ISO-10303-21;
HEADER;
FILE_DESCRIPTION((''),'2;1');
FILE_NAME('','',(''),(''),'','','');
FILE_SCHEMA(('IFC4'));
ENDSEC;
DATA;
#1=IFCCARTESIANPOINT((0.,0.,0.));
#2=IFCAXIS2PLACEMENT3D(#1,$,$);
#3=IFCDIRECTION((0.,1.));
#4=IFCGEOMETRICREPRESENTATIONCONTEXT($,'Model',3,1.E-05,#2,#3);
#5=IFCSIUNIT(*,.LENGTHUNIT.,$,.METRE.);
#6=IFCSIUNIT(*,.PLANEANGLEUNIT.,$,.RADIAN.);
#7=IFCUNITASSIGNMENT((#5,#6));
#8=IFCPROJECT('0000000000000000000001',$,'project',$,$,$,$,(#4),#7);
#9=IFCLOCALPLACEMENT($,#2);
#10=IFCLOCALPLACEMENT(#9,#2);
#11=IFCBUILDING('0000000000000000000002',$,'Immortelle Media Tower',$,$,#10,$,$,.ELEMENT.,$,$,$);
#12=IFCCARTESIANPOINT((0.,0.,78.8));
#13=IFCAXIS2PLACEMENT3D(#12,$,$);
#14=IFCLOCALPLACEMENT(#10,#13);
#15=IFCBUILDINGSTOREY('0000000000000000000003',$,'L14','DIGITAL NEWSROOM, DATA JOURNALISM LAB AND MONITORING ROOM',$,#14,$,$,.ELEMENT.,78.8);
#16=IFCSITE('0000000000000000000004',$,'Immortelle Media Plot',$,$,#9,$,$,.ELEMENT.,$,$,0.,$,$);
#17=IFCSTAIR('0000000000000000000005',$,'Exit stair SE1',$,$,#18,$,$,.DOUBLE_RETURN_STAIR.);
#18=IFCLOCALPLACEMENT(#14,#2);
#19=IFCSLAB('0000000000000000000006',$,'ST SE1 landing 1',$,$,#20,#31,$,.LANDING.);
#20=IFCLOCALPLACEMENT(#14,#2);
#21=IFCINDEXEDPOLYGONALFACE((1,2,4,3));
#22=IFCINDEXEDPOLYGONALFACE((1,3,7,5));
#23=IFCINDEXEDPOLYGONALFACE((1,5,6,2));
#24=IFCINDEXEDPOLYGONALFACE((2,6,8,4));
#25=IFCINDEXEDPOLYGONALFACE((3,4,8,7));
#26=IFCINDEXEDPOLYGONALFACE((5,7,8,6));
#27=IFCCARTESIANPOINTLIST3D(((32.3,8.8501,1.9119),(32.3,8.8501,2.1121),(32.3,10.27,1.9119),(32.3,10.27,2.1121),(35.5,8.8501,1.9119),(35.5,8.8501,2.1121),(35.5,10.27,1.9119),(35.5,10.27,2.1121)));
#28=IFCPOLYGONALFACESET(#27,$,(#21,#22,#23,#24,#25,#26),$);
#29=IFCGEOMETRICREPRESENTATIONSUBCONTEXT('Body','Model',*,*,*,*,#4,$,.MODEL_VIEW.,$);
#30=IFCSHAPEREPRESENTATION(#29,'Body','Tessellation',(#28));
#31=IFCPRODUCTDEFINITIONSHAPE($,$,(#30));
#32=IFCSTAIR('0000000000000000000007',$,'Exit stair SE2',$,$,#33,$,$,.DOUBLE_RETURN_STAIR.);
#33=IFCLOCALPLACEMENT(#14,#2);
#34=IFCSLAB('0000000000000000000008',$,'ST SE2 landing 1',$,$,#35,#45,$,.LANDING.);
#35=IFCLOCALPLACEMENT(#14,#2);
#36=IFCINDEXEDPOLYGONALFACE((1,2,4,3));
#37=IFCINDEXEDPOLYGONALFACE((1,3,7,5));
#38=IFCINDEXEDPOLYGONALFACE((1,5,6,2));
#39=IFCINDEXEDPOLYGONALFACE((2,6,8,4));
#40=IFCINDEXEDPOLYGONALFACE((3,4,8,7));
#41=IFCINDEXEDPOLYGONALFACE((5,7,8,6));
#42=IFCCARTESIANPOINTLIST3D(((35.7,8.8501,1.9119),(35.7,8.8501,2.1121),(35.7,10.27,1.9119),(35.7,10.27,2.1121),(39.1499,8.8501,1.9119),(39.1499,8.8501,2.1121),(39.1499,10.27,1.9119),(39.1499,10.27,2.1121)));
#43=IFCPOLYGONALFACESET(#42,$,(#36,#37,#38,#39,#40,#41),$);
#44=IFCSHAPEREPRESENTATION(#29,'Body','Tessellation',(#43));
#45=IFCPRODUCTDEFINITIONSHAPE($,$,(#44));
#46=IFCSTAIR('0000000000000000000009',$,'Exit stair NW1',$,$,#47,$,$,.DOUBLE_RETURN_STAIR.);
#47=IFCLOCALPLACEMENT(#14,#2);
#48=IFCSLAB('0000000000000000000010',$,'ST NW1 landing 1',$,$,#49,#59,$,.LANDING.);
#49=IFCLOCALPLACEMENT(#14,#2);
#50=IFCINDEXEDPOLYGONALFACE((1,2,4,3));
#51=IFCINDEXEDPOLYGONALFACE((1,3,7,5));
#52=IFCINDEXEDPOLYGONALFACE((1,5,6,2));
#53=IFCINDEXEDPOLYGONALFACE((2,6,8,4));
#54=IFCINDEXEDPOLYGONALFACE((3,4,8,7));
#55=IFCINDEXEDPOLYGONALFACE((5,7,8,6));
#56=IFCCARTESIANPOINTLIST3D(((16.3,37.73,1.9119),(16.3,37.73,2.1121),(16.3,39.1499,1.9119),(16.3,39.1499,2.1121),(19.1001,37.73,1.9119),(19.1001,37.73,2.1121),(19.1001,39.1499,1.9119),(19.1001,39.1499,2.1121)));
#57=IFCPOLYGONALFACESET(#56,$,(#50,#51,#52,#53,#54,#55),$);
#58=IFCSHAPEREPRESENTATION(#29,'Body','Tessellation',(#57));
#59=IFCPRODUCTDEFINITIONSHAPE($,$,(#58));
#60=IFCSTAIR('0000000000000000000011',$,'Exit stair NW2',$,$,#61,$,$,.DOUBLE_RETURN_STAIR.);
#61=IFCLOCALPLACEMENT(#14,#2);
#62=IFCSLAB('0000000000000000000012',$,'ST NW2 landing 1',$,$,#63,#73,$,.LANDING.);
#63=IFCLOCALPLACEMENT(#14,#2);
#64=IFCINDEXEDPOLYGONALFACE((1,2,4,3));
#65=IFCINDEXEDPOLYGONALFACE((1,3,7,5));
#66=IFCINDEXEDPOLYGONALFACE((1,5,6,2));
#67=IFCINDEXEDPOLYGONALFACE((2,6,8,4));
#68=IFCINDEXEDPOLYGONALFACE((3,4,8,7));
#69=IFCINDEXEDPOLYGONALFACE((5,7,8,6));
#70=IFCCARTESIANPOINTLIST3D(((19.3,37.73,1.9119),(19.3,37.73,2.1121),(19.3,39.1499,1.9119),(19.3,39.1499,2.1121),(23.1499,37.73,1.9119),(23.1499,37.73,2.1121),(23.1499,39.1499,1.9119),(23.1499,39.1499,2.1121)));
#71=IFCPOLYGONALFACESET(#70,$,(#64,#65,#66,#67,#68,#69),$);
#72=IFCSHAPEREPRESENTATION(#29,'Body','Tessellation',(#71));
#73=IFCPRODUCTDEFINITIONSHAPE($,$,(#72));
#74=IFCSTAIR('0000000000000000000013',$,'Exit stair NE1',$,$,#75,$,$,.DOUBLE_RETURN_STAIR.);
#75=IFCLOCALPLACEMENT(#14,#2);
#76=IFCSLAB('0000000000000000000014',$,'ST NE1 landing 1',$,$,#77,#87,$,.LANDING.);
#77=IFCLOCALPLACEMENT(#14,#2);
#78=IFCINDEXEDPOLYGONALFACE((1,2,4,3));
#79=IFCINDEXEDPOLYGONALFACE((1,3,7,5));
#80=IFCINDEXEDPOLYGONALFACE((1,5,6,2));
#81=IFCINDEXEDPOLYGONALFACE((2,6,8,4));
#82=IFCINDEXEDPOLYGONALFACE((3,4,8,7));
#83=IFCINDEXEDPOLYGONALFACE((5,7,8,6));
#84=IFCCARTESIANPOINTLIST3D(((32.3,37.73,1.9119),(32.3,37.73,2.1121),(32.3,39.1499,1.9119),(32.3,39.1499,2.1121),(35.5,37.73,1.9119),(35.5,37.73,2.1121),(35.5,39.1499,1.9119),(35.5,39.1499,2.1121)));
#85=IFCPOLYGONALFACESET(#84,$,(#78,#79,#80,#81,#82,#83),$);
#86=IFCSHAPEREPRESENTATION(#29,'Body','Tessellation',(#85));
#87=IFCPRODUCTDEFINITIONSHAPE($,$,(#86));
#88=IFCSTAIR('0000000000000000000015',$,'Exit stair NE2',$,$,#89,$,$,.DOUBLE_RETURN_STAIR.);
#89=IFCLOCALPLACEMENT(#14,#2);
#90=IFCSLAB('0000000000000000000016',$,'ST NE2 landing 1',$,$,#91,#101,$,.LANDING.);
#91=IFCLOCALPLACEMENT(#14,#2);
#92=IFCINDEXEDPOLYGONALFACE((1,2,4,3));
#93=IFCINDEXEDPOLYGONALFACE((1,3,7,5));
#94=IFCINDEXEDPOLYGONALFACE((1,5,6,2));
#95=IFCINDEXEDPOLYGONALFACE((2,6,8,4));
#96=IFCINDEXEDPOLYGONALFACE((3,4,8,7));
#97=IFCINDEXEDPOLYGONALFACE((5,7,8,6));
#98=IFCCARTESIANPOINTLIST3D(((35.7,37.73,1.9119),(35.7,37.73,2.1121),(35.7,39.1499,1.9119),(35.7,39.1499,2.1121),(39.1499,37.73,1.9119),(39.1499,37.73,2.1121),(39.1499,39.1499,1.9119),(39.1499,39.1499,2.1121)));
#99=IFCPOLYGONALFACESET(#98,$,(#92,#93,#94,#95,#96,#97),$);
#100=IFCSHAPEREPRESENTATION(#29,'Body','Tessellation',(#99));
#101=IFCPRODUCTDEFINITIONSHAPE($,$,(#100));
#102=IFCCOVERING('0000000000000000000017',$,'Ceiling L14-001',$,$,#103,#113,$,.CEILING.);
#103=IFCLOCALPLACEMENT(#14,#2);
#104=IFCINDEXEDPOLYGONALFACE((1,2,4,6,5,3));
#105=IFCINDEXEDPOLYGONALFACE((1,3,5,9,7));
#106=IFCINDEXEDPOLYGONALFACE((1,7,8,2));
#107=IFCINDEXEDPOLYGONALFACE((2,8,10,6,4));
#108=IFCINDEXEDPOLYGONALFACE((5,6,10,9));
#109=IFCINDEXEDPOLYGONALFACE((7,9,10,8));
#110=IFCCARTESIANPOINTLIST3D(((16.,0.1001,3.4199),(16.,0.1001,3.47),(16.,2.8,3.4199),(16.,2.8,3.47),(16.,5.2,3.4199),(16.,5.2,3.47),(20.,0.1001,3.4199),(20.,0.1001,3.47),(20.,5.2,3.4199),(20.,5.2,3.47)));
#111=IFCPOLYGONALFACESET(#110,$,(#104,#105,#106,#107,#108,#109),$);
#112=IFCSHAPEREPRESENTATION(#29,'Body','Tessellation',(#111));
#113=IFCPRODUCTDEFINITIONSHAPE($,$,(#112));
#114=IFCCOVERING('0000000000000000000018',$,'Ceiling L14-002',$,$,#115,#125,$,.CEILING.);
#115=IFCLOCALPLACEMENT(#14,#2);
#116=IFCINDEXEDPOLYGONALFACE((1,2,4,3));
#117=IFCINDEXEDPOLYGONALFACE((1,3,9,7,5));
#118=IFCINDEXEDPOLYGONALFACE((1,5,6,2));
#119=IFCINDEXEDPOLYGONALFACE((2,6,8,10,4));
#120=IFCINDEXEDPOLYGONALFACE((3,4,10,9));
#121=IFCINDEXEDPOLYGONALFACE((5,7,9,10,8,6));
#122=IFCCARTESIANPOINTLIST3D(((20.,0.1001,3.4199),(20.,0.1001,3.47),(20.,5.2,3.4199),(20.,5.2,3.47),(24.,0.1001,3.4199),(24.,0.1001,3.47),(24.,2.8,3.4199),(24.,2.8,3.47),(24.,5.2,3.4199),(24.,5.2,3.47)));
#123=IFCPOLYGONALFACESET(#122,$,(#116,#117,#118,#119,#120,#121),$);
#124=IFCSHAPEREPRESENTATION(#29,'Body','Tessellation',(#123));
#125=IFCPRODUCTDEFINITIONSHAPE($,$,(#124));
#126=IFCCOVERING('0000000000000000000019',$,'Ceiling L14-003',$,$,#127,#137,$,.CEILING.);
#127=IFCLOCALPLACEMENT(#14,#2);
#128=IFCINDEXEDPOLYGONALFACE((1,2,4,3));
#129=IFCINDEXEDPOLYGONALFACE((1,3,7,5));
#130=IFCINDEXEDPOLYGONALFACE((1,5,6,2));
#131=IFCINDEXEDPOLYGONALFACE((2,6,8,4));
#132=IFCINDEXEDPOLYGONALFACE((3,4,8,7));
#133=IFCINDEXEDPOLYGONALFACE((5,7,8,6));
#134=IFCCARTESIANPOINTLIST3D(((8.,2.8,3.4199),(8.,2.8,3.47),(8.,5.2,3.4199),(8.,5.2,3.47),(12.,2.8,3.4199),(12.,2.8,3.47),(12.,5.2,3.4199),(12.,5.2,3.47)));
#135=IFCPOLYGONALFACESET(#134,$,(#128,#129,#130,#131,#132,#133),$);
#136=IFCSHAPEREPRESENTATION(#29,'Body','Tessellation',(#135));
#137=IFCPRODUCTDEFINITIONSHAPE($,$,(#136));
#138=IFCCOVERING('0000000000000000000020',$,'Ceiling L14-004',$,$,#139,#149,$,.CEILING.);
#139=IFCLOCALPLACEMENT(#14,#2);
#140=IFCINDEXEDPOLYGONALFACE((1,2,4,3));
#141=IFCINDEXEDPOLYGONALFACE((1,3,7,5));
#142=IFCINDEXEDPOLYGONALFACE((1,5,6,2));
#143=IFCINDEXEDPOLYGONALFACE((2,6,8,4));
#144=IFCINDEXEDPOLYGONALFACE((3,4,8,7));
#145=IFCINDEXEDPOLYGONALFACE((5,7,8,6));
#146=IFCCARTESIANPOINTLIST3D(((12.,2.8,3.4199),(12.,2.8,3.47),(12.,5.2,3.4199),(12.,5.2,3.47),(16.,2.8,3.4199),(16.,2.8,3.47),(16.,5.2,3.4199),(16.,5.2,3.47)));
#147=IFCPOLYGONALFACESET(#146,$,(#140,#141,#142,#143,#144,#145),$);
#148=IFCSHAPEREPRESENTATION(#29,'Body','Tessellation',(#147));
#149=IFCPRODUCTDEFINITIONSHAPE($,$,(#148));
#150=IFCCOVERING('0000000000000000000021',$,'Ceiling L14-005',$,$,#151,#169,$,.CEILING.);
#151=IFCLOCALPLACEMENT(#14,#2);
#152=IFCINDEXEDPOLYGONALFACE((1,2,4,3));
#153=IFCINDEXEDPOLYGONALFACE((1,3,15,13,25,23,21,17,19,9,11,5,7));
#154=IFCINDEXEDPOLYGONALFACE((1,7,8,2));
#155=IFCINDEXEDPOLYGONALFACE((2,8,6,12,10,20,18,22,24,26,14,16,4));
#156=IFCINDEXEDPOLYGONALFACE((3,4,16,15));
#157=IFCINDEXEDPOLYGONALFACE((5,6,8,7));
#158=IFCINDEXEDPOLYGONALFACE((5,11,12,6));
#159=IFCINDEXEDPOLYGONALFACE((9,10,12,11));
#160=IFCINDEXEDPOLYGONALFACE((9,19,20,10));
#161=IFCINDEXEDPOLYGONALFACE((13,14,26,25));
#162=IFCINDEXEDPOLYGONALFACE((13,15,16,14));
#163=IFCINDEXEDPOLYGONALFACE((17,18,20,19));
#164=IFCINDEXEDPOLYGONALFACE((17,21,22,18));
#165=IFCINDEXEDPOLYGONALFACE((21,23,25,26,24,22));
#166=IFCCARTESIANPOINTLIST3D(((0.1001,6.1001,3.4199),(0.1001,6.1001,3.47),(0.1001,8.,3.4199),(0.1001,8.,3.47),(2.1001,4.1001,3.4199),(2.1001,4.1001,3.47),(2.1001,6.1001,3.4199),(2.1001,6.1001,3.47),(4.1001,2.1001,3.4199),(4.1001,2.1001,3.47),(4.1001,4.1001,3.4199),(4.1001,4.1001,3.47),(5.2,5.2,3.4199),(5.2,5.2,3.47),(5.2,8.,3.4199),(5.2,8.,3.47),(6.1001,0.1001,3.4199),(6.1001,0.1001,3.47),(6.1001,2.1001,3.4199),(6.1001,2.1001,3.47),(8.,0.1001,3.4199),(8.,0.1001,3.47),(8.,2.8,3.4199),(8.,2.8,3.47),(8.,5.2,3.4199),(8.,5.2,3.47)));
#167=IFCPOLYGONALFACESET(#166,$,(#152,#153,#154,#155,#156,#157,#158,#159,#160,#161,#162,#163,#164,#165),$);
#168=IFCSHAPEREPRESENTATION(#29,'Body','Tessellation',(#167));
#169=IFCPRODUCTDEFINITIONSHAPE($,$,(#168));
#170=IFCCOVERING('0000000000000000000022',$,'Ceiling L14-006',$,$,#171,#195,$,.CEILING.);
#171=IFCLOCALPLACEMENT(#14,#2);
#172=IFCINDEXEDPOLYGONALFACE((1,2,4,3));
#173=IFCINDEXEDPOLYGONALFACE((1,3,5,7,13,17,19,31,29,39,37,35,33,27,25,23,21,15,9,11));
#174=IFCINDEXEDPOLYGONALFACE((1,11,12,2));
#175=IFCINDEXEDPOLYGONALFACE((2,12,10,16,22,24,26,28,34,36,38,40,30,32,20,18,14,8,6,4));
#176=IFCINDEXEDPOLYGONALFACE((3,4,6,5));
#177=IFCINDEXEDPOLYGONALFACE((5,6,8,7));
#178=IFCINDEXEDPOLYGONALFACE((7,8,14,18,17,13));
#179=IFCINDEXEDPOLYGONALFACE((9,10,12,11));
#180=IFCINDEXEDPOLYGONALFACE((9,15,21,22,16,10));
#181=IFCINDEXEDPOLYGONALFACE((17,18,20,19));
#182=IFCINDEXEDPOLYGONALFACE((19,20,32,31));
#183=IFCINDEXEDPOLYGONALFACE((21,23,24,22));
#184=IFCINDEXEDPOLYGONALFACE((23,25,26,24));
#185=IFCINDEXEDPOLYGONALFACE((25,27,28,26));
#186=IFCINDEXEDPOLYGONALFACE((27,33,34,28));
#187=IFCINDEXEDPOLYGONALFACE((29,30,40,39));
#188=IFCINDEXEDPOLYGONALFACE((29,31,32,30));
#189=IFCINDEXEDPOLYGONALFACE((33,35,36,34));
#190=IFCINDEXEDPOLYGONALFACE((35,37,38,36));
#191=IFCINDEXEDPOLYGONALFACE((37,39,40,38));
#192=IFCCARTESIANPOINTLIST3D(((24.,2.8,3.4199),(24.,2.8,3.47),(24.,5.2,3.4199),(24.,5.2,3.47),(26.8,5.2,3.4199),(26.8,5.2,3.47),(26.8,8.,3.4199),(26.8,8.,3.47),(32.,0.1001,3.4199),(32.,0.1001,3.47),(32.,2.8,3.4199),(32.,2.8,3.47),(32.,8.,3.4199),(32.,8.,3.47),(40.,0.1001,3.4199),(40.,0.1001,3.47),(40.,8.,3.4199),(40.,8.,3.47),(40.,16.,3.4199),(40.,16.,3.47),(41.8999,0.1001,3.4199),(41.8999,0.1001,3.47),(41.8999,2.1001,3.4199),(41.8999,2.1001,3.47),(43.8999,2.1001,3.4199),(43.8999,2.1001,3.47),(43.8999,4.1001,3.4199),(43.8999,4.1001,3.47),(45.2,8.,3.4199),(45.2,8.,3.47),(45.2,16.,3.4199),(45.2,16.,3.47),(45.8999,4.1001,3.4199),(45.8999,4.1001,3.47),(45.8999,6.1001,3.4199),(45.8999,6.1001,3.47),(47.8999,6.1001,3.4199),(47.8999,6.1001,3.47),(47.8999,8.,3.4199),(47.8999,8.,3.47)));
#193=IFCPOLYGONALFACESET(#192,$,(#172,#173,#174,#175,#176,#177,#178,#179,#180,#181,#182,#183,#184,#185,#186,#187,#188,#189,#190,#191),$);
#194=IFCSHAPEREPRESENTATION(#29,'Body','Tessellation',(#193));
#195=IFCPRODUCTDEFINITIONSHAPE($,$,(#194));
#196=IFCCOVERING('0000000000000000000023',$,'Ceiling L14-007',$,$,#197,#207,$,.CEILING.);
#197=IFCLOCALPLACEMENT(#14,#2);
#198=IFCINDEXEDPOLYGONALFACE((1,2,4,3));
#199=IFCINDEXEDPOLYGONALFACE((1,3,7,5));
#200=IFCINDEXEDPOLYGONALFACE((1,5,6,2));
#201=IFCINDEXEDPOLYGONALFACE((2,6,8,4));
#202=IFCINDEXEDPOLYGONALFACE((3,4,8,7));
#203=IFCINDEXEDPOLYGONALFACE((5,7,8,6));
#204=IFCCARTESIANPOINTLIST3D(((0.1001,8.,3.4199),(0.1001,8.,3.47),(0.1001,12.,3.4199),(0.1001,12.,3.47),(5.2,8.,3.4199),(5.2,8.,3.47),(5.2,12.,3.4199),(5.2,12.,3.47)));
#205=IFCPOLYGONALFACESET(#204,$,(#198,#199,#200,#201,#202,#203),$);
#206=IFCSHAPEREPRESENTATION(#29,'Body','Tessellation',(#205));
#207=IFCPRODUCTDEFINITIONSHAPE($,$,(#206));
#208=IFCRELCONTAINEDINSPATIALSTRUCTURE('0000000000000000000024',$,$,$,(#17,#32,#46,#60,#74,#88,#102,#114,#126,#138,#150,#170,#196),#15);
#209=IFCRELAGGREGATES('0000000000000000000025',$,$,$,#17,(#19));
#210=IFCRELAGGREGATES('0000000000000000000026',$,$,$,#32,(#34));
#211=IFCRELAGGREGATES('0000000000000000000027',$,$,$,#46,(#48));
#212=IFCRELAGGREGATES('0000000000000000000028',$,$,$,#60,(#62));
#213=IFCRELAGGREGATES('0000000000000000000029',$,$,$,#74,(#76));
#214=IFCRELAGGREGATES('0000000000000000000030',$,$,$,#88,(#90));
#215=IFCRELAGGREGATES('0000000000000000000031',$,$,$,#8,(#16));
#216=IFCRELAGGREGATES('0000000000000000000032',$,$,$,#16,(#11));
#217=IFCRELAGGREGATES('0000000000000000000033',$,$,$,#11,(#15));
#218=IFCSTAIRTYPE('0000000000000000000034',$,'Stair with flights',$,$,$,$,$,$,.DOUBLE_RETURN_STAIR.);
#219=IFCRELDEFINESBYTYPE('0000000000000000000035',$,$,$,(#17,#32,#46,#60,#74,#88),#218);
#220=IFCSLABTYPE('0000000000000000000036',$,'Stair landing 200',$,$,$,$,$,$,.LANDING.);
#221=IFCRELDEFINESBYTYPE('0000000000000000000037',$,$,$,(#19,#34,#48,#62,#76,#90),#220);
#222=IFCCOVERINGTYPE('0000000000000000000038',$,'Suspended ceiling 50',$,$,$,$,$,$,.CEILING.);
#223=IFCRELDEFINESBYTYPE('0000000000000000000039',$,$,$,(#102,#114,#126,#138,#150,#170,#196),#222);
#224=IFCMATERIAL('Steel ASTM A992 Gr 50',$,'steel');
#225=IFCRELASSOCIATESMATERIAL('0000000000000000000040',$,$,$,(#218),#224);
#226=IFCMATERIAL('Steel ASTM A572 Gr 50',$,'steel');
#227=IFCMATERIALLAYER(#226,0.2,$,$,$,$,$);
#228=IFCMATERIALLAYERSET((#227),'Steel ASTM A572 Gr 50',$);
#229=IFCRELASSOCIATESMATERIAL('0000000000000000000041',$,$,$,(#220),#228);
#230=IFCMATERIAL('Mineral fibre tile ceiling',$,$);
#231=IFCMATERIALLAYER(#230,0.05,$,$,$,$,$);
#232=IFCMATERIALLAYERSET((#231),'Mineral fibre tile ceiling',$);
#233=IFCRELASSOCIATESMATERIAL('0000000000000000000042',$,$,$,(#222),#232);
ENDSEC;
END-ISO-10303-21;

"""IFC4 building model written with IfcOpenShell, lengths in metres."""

from ifc_helpers import new_model, si_unit, direction, frame, origin, place, context, subcontext, project, spatial, polyline, outline, extrude, material, layer, layer_set, type_object, element, aggregate, save


model = new_model("IFC4")

# Units and contexts
model_context = context("Model", 3, precision=1e-05, world=origin(), true_north=direction((0.0, 1.0)))
body_context = subcontext(model_context, "Body", "Model", "MODEL_VIEW")
ifc_project = project(units=[si_unit("LENGTHUNIT", "METRE"), si_unit("PLANEANGLEUNIT", "RADIAN")], contexts=[model_context])

# Site, building, storey
site_placement = place(None, origin())
site = spatial("IfcSite", under=ifc_project, at=site_placement, Name="Immortelle Media Plot", CompositionType="ELEMENT", RefElevation=0.0)
building_placement = place(site_placement, origin())
building = spatial("IfcBuilding", under=site, at=building_placement, Name="Immortelle Media Tower", CompositionType="ELEMENT")
storey_placement = place(building_placement, frame((0.0, 0.0, 78.8)))
storey = spatial("IfcBuildingStorey", under=building, at=storey_placement, Name="L14", Description="DIGITAL NEWSROOM, DATA JOURNALISM LAB AND MONITORING ROOM", CompositionType="ELEMENT", Elevation=78.8)

# Stairs, slabs
ifc_material_1 = material(Name="Steel ASTM A992 Gr 50", Category="steel")
stair_type = type_object("IfcStairType", Name="Stair with flights", PredefinedType="DOUBLE_RETURN_STAIR", material=ifc_material_1)
ifc_material_2 = material(Name="Steel ASTM A572 Gr 50", Category="steel")
ifc_layer_1 = layer(ifc_material_2, 0.2)
ifc_layer_set_1 = layer_set([ifc_layer_1], Name="Steel ASTM A572 Gr 50")
slab_type_1 = type_object("IfcSlabType", Name="Stair landing 200", PredefinedType="LANDING", material=ifc_layer_set_1)
stair_1_placement = place(storey_placement, origin())
stair_1 = element("IfcStair", 1, at=stair_1_placement, inside=storey, type_object=stair_type, Name="Exit stair SE1", PredefinedType="DOUBLE_RETURN_STAIR")
slab_1_placement = place(storey_placement, frame((0.0, 0.0, 1.9119)))
slab_1 = element("IfcSlab", 2, at=slab_1_placement, type_object=slab_type_1, Name="ST SE1 landing 1", PredefinedType="LANDING", context=body_context, shape_type="SweptSolid", body=[
    extrude(outline(polyline([(32.3, 8.8501), (35.5, 8.8501), (35.5, 10.27), (32.3, 10.27), (32.3, 8.8501)])), origin(), (0.0, 0.0, 1.0), 0.2002),
])
aggregate(stair_1, [slab_1])
stair_2_placement = place(storey_placement, origin())
stair_2 = element("IfcStair", 3, at=stair_2_placement, inside=storey, type_object=stair_type, Name="Exit stair SE2", PredefinedType="DOUBLE_RETURN_STAIR")
slab_2_placement = place(storey_placement, frame((0.0, 0.0, 1.9119)))
slab_2 = element("IfcSlab", 4, at=slab_2_placement, type_object=slab_type_1, Name="ST SE2 landing 1", PredefinedType="LANDING", context=body_context, shape_type="SweptSolid", body=[
    extrude(outline(polyline([(35.7, 8.8501), (39.1499, 8.8501), (39.1499, 10.27), (35.7, 10.27), (35.7, 8.8501)])), origin(), (0.0, 0.0, 1.0), 0.2002),
])
aggregate(stair_2, [slab_2])
stair_3_placement = place(storey_placement, origin())
stair_3 = element("IfcStair", 5, at=stair_3_placement, inside=storey, type_object=stair_type, Name="Exit stair NW1", PredefinedType="DOUBLE_RETURN_STAIR")
slab_3_placement = place(storey_placement, frame((0.0, 0.0, 1.9119)))
slab_3 = element("IfcSlab", 6, at=slab_3_placement, type_object=slab_type_1, Name="ST NW1 landing 1", PredefinedType="LANDING", context=body_context, shape_type="SweptSolid", body=[
    extrude(outline(polyline([(16.3, 37.73), (19.1001, 37.73), (19.1001, 39.1499), (16.3, 39.1499), (16.3, 37.73)])), origin(), (0.0, 0.0, 1.0), 0.2002),
])
aggregate(stair_3, [slab_3])
stair_4_placement = place(storey_placement, origin())
stair_4 = element("IfcStair", 7, at=stair_4_placement, inside=storey, type_object=stair_type, Name="Exit stair NW2", PredefinedType="DOUBLE_RETURN_STAIR")
slab_4_placement = place(storey_placement, frame((0.0, 0.0, 1.9119)))
slab_4 = element("IfcSlab", 8, at=slab_4_placement, type_object=slab_type_1, Name="ST NW2 landing 1", PredefinedType="LANDING", context=body_context, shape_type="SweptSolid", body=[
    extrude(outline(polyline([(19.3, 37.73), (23.1499, 37.73), (23.1499, 39.1499), (19.3, 39.1499), (19.3, 37.73)])), origin(), (0.0, 0.0, 1.0), 0.2002),
])
aggregate(stair_4, [slab_4])
stair_5_placement = place(storey_placement, origin())
stair_5 = element("IfcStair", 9, at=stair_5_placement, inside=storey, type_object=stair_type, Name="Exit stair NE1", PredefinedType="DOUBLE_RETURN_STAIR")
slab_5_placement = place(storey_placement, frame((0.0, 0.0, 1.9119)))
slab_5 = element("IfcSlab", 10, at=slab_5_placement, type_object=slab_type_1, Name="ST NE1 landing 1", PredefinedType="LANDING", context=body_context, shape_type="SweptSolid", body=[
    extrude(outline(polyline([(32.3, 37.73), (35.5, 37.73), (35.5, 39.1499), (32.3, 39.1499), (32.3, 37.73)])), origin(), (0.0, 0.0, 1.0), 0.2002),
])
aggregate(stair_5, [slab_5])
stair_6_placement = place(storey_placement, origin())
stair_6 = element("IfcStair", 11, at=stair_6_placement, inside=storey, type_object=stair_type, Name="Exit stair NE2", PredefinedType="DOUBLE_RETURN_STAIR")
slab_6_placement = place(storey_placement, frame((0.0, 0.0, 1.9119)))
slab_6 = element("IfcSlab", 12, at=slab_6_placement, type_object=slab_type_1, Name="ST NE2 landing 1", PredefinedType="LANDING", context=body_context, shape_type="SweptSolid", body=[
    extrude(outline(polyline([(35.7, 37.73), (39.1499, 37.73), (39.1499, 39.1499), (35.7, 39.1499), (35.7, 37.73)])), origin(), (0.0, 0.0, 1.0), 0.2002),
])
aggregate(stair_6, [slab_6])

# Coverings
ifc_material_3 = material(Name="Mineral fibre tile ceiling")
ifc_layer_2 = layer(ifc_material_3, 0.05)
ifc_layer_set_2 = layer_set([ifc_layer_2], Name="Mineral fibre tile ceiling")
covering_type = type_object("IfcCoveringType", Name="Suspended ceiling 50", PredefinedType="CEILING", material=ifc_layer_set_2)
covering_1_placement = place(storey_placement, frame((0.0, 0.0, 3.4199)))
element("IfcCovering", 13, at=covering_1_placement, inside=storey, type_object=covering_type, Name="Ceiling L14-001", PredefinedType="CEILING", context=body_context, shape_type="SweptSolid", body=[
    extrude(outline(polyline([(16.0, 2.8), (16.0, 5.2), (20.0, 5.2), (20.0, 0.1001), (16.0, 0.1001), (16.0, 2.8)])), origin(), (0.0, 0.0, 1.0), 0.05),
])
covering_2_placement = place(storey_placement, frame((0.0, 0.0, 3.4199)))
element("IfcCovering", 14, at=covering_2_placement, inside=storey, type_object=covering_type, Name="Ceiling L14-002", PredefinedType="CEILING", context=body_context, shape_type="SweptSolid", body=[
    extrude(outline(polyline([(24.0, 5.2), (24.0, 2.8), (24.0, 0.1001), (20.0, 0.1001), (20.0, 5.2), (24.0, 5.2)])), origin(), (0.0, 0.0, 1.0), 0.05),
])
covering_3_placement = place(storey_placement, frame((0.0, 0.0, 3.4199)))
element("IfcCovering", 15, at=covering_3_placement, inside=storey, type_object=covering_type, Name="Ceiling L14-003", PredefinedType="CEILING", context=body_context, shape_type="SweptSolid", body=[
    extrude(outline(polyline([(8.0, 5.2), (12.0, 5.2), (12.0, 2.8), (8.0, 2.8), (8.0, 5.2)])), origin(), (0.0, 0.0, 1.0), 0.05),
])
covering_4_placement = place(storey_placement, frame((0.0, 0.0, 3.4199)))
element("IfcCovering", 16, at=covering_4_placement, inside=storey, type_object=covering_type, Name="Ceiling L14-004", PredefinedType="CEILING", context=body_context, shape_type="SweptSolid", body=[
    extrude(outline(polyline([(16.0, 5.2), (16.0, 2.8), (12.0, 2.8), (12.0, 5.2), (16.0, 5.2)])), origin(), (0.0, 0.0, 1.0), 0.05),
])
covering_5_placement = place(storey_placement, frame((0.0, 0.0, 3.4199)))
element("IfcCovering", 17, at=covering_5_placement, inside=storey, type_object=covering_type, Name="Ceiling L14-005", PredefinedType="CEILING", context=body_context, shape_type="SweptSolid", body=[
    extrude(outline(polyline([(6.1001, 0.1001), (6.1001, 2.1001), (4.1001, 2.1001), (4.1001, 4.1001), (2.1001, 4.1001), (2.1001, 6.1001), (0.1001, 6.1001), (0.1001, 8.0), (5.2, 8.0), (5.2, 5.2), (8.0, 5.2), (8.0, 2.8), (8.0, 0.1001), (6.1001, 0.1001)])), origin(), (0.0, 0.0, 1.0), 0.05),
])
covering_6_placement = place(storey_placement, frame((0.0, 0.0, 3.4199)))
element("IfcCovering", 18, at=covering_6_placement, inside=storey, type_object=covering_type, Name="Ceiling L14-006", PredefinedType="CEILING", context=body_context, shape_type="SweptSolid", body=[
    extrude(outline(polyline([(24.0, 5.2), (26.8, 5.2), (26.8, 8.0), (32.0, 8.0), (40.0, 8.0), (40.0, 16.0), (45.2, 16.0), (45.2, 8.0), (47.8999, 8.0), (47.8999, 6.1001), (45.8999, 6.1001), (45.8999, 4.1001), (43.8999, 4.1001), (43.8999, 2.1001), (41.8999, 2.1001), (41.8999, 0.1001), (40.0, 0.1001), (32.0, 0.1001), (32.0, 2.8), (24.0, 2.8), (24.0, 5.2)])), origin(), (0.0, 0.0, 1.0), 0.05),
])
covering_7_placement = place(storey_placement, frame((0.0, 0.0, 3.4199)))
element("IfcCovering", 19, at=covering_7_placement, inside=storey, type_object=covering_type, Name="Ceiling L14-007", PredefinedType="CEILING", context=body_context, shape_type="SweptSolid", body=[
    extrude(outline(polyline([(0.1001, 8.0), (0.1001, 12.0), (5.2, 12.0), (5.2, 8.0), (0.1001, 8.0)])), origin(), (0.0, 0.0, 1.0), 0.05),
])

save(model, "model.ifc")
